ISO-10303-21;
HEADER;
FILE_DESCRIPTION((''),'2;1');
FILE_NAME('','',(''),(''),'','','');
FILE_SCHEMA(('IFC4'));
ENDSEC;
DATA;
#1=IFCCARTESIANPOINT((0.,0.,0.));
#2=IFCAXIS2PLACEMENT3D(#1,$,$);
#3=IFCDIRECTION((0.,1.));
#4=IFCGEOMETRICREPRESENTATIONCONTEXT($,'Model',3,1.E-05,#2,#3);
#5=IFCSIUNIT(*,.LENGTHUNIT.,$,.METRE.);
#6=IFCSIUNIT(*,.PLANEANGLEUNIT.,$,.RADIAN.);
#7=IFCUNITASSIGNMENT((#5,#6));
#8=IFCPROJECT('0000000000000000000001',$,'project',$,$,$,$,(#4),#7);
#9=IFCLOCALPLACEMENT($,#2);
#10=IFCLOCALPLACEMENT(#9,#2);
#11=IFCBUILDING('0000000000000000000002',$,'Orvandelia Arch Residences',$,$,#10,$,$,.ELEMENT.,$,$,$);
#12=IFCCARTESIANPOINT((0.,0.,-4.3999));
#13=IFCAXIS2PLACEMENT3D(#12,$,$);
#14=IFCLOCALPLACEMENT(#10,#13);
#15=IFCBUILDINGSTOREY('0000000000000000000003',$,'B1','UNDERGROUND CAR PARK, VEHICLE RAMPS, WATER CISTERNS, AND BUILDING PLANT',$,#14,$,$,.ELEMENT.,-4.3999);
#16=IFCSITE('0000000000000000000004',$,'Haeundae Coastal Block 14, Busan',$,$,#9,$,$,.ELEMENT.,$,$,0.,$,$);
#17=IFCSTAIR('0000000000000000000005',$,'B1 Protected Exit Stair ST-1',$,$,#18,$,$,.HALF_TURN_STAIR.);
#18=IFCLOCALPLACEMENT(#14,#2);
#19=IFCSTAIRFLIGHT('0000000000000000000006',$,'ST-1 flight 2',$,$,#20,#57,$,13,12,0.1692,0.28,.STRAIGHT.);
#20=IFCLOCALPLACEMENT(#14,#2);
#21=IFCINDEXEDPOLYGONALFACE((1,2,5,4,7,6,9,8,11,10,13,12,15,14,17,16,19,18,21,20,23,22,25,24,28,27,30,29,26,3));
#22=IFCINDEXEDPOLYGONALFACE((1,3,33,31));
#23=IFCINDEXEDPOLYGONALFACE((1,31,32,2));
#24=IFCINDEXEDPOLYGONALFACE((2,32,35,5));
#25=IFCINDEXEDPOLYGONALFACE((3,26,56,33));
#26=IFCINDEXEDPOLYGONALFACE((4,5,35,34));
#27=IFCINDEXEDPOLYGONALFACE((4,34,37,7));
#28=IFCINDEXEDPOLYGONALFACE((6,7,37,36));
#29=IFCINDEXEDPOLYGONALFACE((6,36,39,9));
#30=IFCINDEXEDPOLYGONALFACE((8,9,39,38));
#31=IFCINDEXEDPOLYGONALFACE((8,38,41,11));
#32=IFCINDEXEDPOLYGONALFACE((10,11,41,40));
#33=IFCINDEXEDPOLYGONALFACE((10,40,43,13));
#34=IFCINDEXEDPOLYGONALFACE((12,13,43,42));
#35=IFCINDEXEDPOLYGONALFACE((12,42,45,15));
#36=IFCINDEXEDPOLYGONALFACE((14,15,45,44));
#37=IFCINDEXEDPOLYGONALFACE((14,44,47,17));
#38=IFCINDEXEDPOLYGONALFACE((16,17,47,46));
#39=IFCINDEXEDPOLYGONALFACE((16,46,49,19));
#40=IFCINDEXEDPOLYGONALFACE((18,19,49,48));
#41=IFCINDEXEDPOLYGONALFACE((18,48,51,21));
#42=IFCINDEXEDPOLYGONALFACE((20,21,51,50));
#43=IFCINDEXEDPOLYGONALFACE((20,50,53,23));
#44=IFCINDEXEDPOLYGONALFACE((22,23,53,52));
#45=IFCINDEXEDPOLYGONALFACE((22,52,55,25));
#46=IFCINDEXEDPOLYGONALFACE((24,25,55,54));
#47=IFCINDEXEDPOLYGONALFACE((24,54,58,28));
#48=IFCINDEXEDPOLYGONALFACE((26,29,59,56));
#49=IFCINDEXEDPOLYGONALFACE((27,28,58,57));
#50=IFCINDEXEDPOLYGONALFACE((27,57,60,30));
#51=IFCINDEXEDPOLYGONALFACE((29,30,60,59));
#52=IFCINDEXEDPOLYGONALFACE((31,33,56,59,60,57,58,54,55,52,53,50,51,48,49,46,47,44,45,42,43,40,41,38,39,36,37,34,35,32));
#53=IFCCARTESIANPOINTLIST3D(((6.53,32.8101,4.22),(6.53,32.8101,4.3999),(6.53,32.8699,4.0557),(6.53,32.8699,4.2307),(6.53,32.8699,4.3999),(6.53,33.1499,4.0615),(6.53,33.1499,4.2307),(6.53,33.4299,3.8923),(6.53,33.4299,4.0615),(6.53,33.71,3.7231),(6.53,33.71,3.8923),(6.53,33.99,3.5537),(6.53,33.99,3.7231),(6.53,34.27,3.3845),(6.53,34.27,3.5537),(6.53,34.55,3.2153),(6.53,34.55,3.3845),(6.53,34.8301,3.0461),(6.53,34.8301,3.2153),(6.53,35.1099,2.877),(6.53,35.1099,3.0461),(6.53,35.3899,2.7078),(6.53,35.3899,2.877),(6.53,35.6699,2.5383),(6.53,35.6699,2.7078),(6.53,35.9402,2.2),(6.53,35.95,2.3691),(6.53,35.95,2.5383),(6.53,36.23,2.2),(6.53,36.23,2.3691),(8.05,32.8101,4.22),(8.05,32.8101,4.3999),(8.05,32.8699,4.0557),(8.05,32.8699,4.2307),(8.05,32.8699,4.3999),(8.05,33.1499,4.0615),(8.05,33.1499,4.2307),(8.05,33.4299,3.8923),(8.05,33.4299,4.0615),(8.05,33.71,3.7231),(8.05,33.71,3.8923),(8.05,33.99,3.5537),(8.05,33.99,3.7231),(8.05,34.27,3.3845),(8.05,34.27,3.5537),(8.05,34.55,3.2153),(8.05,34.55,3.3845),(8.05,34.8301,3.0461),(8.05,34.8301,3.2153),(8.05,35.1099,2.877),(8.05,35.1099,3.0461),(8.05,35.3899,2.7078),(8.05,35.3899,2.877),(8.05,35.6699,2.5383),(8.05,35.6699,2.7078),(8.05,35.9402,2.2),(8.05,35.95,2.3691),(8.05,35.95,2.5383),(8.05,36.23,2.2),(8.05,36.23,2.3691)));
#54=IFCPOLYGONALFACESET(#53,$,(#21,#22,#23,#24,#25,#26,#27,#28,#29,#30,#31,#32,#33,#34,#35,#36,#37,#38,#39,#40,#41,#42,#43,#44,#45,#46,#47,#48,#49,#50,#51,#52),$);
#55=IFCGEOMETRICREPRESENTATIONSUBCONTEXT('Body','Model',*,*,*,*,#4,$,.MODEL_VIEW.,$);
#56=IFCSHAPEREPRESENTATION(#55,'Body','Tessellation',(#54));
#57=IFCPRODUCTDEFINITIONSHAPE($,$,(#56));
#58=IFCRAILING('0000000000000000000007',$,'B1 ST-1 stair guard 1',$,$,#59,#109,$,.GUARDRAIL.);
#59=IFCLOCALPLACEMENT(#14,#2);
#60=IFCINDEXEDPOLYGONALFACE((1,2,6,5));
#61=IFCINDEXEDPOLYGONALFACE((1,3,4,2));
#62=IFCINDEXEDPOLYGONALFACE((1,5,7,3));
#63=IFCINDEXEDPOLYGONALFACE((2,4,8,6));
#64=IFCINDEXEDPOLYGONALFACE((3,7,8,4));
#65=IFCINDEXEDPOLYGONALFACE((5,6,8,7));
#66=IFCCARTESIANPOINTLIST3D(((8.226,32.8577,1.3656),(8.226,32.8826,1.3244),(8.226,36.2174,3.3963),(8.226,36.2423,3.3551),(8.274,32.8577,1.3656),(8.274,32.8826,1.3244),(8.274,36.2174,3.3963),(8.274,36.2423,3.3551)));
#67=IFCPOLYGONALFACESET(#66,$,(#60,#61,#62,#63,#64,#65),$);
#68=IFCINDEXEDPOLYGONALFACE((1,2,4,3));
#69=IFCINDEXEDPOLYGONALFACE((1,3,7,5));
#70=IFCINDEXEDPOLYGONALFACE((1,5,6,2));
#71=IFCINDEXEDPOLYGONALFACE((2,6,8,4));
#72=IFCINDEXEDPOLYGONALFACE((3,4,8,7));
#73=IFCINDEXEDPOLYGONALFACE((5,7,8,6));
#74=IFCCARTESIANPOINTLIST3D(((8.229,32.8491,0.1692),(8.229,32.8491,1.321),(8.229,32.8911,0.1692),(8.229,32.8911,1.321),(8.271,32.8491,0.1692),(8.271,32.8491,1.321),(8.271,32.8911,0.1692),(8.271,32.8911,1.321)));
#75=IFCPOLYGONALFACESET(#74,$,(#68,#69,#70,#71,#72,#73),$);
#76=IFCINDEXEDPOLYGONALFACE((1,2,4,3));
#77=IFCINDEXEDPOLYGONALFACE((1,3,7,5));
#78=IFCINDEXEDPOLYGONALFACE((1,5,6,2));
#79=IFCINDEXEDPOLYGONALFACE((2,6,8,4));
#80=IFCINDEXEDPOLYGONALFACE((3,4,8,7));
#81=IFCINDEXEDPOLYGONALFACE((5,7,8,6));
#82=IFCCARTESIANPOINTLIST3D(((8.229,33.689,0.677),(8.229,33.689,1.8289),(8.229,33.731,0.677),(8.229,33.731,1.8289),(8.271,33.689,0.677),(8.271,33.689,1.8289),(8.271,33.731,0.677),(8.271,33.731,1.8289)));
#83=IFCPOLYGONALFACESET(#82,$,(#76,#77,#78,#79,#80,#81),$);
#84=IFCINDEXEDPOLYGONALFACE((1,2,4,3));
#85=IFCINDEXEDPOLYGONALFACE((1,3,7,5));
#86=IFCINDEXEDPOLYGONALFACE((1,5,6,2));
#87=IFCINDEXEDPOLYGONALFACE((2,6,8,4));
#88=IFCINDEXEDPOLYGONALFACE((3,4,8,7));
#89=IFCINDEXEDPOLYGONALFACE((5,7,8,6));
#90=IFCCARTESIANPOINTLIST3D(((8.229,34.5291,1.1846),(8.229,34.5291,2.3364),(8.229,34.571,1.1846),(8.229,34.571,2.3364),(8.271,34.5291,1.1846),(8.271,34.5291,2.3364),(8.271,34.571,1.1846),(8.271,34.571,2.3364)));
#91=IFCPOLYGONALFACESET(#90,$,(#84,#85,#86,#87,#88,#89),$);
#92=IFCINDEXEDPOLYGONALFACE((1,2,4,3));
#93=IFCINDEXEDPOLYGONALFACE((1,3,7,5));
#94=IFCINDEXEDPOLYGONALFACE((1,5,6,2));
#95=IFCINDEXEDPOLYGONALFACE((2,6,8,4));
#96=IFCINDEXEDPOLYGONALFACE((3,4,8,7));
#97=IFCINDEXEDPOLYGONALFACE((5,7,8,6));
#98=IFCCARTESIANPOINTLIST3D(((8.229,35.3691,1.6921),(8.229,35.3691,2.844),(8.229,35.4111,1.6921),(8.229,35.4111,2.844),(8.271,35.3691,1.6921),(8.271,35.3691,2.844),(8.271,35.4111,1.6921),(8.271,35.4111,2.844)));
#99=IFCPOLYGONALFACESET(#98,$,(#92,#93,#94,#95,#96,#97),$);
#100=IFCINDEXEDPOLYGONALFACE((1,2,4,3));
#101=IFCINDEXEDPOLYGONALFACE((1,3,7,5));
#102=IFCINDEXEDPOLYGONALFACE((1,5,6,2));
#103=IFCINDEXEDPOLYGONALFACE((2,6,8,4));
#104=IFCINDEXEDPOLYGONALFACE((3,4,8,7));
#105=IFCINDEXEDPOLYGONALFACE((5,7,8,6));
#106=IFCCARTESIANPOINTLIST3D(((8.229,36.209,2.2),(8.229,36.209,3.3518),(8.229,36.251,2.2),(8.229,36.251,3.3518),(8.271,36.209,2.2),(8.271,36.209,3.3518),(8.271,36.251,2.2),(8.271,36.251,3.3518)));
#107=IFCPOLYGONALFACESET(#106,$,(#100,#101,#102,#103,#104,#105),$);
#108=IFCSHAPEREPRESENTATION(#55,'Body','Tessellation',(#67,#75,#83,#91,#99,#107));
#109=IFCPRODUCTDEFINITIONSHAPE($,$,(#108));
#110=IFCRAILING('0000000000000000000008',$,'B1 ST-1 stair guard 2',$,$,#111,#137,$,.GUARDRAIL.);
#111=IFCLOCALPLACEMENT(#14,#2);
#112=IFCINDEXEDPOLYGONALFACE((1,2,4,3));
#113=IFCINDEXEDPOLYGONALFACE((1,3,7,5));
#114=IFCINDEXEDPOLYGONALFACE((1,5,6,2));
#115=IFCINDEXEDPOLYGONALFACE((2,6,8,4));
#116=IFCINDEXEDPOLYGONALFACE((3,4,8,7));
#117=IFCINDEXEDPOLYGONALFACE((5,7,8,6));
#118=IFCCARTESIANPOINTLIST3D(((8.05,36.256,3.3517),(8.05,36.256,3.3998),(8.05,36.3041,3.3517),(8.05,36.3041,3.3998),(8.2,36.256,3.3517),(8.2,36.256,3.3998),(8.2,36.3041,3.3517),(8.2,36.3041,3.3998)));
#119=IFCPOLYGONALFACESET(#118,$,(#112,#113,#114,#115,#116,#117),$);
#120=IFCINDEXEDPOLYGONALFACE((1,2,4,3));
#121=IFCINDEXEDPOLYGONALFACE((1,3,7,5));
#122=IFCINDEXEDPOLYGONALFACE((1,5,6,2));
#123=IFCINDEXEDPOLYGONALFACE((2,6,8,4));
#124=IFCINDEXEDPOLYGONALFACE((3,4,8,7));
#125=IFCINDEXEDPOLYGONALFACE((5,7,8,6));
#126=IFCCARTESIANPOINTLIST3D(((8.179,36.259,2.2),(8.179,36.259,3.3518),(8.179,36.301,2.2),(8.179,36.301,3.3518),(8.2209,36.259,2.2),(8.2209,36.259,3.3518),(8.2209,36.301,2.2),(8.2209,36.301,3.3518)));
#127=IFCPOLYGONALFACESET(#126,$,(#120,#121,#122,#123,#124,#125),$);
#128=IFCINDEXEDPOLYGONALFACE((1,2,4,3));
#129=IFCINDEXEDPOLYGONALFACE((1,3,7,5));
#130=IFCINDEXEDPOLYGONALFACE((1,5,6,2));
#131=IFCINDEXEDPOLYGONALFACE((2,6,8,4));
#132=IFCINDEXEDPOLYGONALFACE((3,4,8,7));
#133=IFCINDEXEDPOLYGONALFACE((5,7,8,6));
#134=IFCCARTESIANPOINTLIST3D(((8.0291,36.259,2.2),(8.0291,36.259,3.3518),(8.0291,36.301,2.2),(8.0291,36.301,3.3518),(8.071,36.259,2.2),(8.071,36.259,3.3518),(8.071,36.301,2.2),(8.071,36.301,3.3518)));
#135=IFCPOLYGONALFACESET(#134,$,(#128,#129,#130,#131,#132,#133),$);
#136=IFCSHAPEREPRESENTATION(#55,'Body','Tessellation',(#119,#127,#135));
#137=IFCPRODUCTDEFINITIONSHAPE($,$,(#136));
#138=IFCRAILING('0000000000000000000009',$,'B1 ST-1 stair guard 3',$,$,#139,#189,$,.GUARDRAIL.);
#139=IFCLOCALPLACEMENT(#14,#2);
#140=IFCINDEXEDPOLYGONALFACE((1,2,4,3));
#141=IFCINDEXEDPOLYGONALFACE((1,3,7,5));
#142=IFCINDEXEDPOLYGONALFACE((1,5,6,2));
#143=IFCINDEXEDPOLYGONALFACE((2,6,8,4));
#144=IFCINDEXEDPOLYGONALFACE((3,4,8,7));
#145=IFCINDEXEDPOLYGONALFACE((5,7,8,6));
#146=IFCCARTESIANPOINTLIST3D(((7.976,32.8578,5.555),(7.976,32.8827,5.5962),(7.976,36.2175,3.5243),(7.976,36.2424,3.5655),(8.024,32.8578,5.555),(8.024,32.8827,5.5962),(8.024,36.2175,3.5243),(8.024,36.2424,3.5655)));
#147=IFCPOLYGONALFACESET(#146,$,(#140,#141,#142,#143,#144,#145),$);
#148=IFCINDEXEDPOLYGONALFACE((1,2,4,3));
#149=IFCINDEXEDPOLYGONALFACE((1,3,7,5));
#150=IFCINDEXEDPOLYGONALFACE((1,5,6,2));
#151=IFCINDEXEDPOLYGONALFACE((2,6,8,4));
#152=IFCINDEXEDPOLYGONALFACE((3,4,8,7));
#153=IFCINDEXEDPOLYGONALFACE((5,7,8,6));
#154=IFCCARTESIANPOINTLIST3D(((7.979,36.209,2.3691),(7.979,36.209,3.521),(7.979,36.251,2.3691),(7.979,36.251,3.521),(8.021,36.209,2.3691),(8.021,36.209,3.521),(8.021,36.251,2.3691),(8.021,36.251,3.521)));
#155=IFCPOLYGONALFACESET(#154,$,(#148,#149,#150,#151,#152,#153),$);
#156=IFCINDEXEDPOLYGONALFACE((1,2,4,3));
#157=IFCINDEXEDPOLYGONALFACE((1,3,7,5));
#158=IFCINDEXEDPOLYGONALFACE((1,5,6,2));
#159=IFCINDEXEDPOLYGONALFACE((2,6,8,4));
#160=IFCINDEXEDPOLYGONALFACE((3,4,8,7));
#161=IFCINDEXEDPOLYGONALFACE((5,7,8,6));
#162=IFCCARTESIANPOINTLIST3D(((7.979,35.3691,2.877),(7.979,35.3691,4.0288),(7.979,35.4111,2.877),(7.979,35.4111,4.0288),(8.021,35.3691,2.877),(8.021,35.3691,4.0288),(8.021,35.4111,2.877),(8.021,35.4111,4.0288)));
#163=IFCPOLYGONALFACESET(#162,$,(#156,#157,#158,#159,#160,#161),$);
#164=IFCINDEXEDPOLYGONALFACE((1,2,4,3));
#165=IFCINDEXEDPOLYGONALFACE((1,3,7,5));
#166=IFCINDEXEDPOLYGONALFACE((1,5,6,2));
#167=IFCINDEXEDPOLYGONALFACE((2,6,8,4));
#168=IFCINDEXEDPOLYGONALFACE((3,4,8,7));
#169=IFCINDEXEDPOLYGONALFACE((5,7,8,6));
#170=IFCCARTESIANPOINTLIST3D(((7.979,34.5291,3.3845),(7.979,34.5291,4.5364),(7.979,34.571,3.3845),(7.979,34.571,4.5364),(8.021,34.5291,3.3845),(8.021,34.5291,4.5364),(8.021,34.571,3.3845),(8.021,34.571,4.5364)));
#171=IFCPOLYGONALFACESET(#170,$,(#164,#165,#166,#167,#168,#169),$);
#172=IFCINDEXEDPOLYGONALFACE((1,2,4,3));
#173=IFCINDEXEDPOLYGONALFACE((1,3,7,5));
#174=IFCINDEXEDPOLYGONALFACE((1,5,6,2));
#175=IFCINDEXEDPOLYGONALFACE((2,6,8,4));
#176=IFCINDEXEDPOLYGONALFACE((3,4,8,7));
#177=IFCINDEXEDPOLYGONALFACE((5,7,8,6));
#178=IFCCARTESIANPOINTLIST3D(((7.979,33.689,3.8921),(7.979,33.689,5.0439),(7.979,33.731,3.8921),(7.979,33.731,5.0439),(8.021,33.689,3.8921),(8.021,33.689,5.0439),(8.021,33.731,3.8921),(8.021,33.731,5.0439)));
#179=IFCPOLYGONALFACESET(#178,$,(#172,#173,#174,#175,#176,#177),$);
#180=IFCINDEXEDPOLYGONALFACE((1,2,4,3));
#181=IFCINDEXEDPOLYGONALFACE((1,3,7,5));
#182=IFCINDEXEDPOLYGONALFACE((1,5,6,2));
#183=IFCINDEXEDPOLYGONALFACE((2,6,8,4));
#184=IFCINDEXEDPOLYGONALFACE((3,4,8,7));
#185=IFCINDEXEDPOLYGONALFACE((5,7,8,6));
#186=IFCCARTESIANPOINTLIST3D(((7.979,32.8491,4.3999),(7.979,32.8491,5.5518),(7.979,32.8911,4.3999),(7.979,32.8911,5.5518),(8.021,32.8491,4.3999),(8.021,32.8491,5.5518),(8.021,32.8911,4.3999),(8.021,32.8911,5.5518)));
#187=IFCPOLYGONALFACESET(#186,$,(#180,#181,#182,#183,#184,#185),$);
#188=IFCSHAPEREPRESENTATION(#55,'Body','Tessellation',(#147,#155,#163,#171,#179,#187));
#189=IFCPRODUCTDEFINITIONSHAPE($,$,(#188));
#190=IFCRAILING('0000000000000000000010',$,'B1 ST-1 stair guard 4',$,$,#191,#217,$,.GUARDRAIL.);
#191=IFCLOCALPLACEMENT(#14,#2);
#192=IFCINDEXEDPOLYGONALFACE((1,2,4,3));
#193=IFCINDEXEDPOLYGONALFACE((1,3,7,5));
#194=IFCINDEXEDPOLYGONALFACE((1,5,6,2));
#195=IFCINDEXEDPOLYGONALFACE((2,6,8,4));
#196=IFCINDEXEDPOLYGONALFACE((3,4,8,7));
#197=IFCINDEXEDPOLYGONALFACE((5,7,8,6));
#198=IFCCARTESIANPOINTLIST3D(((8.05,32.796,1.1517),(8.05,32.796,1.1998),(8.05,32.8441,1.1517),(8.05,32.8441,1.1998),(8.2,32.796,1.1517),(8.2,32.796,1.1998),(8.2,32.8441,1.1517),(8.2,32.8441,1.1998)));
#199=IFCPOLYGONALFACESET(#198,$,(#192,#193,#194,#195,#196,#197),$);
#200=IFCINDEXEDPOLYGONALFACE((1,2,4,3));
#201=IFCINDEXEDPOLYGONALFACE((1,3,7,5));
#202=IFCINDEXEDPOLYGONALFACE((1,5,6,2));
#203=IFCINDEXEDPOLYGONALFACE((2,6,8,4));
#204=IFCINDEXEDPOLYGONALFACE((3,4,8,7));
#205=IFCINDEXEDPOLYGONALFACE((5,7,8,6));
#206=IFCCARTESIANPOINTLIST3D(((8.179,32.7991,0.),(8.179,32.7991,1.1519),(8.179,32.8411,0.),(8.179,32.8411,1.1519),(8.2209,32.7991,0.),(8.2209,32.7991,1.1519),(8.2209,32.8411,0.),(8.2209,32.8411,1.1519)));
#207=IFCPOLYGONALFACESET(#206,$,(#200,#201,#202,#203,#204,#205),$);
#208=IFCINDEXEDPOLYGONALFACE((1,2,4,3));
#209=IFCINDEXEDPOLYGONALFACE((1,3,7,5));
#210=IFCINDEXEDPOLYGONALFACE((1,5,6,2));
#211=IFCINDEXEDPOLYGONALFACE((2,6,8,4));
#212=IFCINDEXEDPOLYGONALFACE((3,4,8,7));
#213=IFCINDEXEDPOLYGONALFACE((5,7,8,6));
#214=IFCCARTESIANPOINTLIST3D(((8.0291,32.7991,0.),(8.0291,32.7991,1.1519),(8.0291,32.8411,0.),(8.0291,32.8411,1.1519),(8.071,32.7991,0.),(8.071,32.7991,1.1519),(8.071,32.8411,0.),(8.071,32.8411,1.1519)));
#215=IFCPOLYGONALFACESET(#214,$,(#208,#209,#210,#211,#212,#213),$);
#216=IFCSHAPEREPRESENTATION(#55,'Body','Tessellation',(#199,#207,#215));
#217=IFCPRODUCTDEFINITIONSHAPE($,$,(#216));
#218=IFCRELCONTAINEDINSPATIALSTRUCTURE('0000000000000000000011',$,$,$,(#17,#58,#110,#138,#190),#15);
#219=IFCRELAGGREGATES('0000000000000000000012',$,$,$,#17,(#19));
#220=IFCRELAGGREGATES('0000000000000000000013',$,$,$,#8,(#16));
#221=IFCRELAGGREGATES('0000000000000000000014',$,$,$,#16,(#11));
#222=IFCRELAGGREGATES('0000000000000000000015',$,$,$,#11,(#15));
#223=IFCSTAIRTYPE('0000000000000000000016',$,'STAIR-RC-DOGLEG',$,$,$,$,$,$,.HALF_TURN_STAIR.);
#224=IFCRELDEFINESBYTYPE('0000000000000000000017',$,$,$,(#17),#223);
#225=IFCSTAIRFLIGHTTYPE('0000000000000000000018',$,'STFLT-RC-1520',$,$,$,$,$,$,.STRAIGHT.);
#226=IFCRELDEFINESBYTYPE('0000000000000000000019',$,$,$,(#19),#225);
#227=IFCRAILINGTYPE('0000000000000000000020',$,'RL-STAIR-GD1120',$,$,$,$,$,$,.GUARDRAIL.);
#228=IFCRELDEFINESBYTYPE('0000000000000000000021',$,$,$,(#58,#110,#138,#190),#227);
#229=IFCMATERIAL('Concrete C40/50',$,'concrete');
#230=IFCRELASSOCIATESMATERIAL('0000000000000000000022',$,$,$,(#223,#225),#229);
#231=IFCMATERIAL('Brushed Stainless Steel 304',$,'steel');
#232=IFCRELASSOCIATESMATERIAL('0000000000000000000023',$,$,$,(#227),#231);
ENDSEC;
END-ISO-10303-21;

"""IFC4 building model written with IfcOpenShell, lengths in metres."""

from ifc_helpers import new_model, si_unit, direction, frame, origin, origin_2d, place, context, subcontext, project, spatial, polyline, rectangle, outline, extrude, material, type_object, element, aggregate, save


model = new_model("IFC4")

# Units and contexts
model_context = context("Model", 3, precision=1e-05, world=origin(), true_north=direction((0.0, 1.0)))
body_context = subcontext(model_context, "Body", "Model", "MODEL_VIEW")
ifc_project = project(units=[si_unit("LENGTHUNIT", "METRE"), si_unit("PLANEANGLEUNIT", "RADIAN")], contexts=[model_context])

# Site, building, storey
site_placement = place(None, origin())
site = spatial("IfcSite", under=ifc_project, at=site_placement, Name="Haeundae Coastal Block 14, Busan", CompositionType="ELEMENT", RefElevation=0.0)
building_placement = place(site_placement, origin())
building = spatial("IfcBuilding", under=site, at=building_placement, Name="Orvandelia Arch Residences", CompositionType="ELEMENT")
storey_placement = place(building_placement, frame((0.0, 0.0, -4.3999)))
storey = spatial("IfcBuildingStorey", under=building, at=storey_placement, Name="B1", Description="UNDERGROUND CAR PARK, VEHICLE RAMPS, WATER CISTERNS, AND BUILDING PLANT", CompositionType="ELEMENT", Elevation=-4.3999)

# Stair, stair flight
ifc_material_1 = material(Name="Concrete C40/50", Category="concrete")
stair_type = type_object("IfcStairType", Name="STAIR-RC-DOGLEG", PredefinedType="HALF_TURN_STAIR", material=ifc_material_1)
stair_placement = place(storey_placement, origin())
stair = element("IfcStair", 1, at=stair_placement, inside=storey, type_object=stair_type, Name="B1 Protected Exit Stair ST-1", PredefinedType="HALF_TURN_STAIR")
stair_flight_type = type_object("IfcStairFlightType", Name="STFLT-RC-1520", PredefinedType="STRAIGHT", material=ifc_material_1)
stair_flight_1_placement = place(storey_placement, frame((7.29, 36.23, 2.2), z_axis=(0.0, 0.0, 1.0), x_axis=(0.0, -1.0, 0.0)))
stair_flight_1 = element("IfcStairFlight", 2, at=stair_flight_1_placement, type_object=stair_flight_type, Name="ST-1 flight 2", NumberOfRisers=13, NumberOfTreads=12, PredefinedType="STRAIGHT", RiserHeight=0.1692, TreadLength=0.28, context=body_context, shape_type="SweptSolid", body=[
    extrude(outline(polyline([(0.0, 0.0), (0.0, 0.1692), (0.28, 0.1692), (0.28, 0.3384), (0.5601, 0.3384), (0.5601, 0.5078), (0.8401, 0.5078), (0.8401, 0.677), (1.1201, 0.677), (1.1201, 0.8462), (1.3999, 0.8462), (1.3999, 1.0154), (1.6799, 1.0154), (1.6799, 1.1846), (1.96, 1.1846), (1.96, 1.3538), (2.24, 1.3538), (2.24, 1.5232), (2.52, 1.5232), (2.52, 1.6924), (2.8, 1.6924), (2.8, 1.8616), (3.0801, 1.8616), (3.0801, 2.0308), (3.3601, 2.0308), (3.3601, 2.2), (3.4199, 2.2), (3.4199, 2.02), (3.3601, 1.8557), (0.2898, 0.0), (0.0, 0.0)])), frame((0.0, 0.76, 0.0), z_axis=(0.0, -1.0, 0.0), x_axis=(1.0, 0.0, 0.0)), (0.0, 0.0, 1.0), 1.52),
])
aggregate(stair, [stair_flight_1])

# Railings
ifc_material_2 = material(Name="Brushed Stainless Steel 304", Category="steel")
railing_type_1 = type_object("IfcRailingType", Name="RL-STAIR-GD1120", PredefinedType="GUARDRAIL", material=ifc_material_2)
railing_1_placement = place(storey_placement, frame((8.25, 32.8701, 0.1692)))
element("IfcRailing", 3, at=railing_1_placement, inside=storey, type_object=railing_type_1, Name="B1 ST-1 stair guard 1", PredefinedType="GUARDRAIL", context=body_context, shape_type="SweptSolid", body=[
    extrude(rectangle(XDim=0.0481, YDim=0.0481, at=origin_2d()), frame((0.0, 0.0, 1.1758), z_axis=(0.0, 0.85582, 0.517273), x_axis=(-1.0, 0.0, 0.0)), (0.0, 0.0, 1.0), 3.9258),
    extrude(rectangle(XDim=0.042, YDim=0.042, at=origin_2d()), origin(), (0.0, 0.0, 1.0), 1.1519),
    extrude(rectangle(XDim=0.042, YDim=0.042, at=origin_2d()), frame((0.0, 0.8398, 0.5078)), (0.0, 0.0, 1.0), 1.1519),
    extrude(rectangle(XDim=0.042, YDim=0.042, at=origin_2d()), frame((0.0, 1.6799, 1.0154)), (0.0, 0.0, 1.0), 1.1519),
    extrude(rectangle(XDim=0.042, YDim=0.042, at=origin_2d()), frame((0.0, 2.52, 1.5229)), (0.0, 0.0, 1.0), 1.1519),
    extrude(rectangle(XDim=0.042, YDim=0.042, at=origin_2d()), frame((0.0, 3.3599, 2.0308)), (0.0, 0.0, 1.0), 1.1519),
])
railing_2_placement = place(storey_placement, frame((8.2, 36.28, 2.2)))
element("IfcRailing", 4, at=railing_2_placement, inside=storey, type_object=railing_type_1, Name="B1 ST-1 stair guard 2", PredefinedType="GUARDRAIL", context=body_context, shape_type="SweptSolid", body=[
    extrude(rectangle(XDim=0.0481, YDim=0.0481, at=origin_2d()), frame((0.0, 0.0, 1.1758), z_axis=(-1.0, 0.0, 0.0), x_axis=(0.0, -1.0, 0.0)), (0.0, 0.0, 1.0), 0.1499),
    extrude(rectangle(XDim=0.042, YDim=0.042, at=origin_2d()), origin(), (0.0, 0.0, 1.0), 1.1519),
    extrude(rectangle(XDim=0.042, YDim=0.042, at=origin_2d()), frame((-0.1499, 0.0, 0.0)), (0.0, 0.0, 1.0), 1.1519),
])
railing_3_placement = place(storey_placement, frame((8.0, 36.23, 2.3691)))
element("IfcRailing", 5, at=railing_3_placement, inside=storey, type_object=railing_type_1, Name="B1 ST-1 stair guard 3", PredefinedType="GUARDRAIL", context=body_context, shape_type="SweptSolid", body=[
    extrude(rectangle(XDim=0.0481, YDim=0.0481, at=origin_2d()), frame((0.0, 0.0, 1.1758), z_axis=(0.0, -0.85582, 0.517273), x_axis=(1.0, 0.0, 0.0)), (0.0, 0.0, 1.0), 3.9258),
    extrude(rectangle(XDim=0.042, YDim=0.042, at=origin_2d()), origin(), (0.0, 0.0, 1.0), 1.1519),
    extrude(rectangle(XDim=0.042, YDim=0.042, at=origin_2d()), frame((0.0, -0.8398, 0.5078)), (0.0, 0.0, 1.0), 1.1519),
    extrude(rectangle(XDim=0.042, YDim=0.042, at=origin_2d()), frame((0.0, -1.6799, 1.0154)), (0.0, 0.0, 1.0), 1.1519),
    extrude(rectangle(XDim=0.042, YDim=0.042, at=origin_2d()), frame((0.0, -2.52, 1.5229)), (0.0, 0.0, 1.0), 1.1519),
    extrude(rectangle(XDim=0.042, YDim=0.042, at=origin_2d()), frame((0.0, -3.3599, 2.0308)), (0.0, 0.0, 1.0), 1.1519),
])
railing_4_placement = place(storey_placement, frame((8.2, 32.8201, 0.0)))
element("IfcRailing", 6, at=railing_4_placement, inside=storey, type_object=railing_type_1, Name="B1 ST-1 stair guard 4", PredefinedType="GUARDRAIL", context=body_context, shape_type="SweptSolid", body=[
    extrude(rectangle(XDim=0.0481, YDim=0.0481, at=origin_2d()), frame((0.0, 0.0, 1.1758), z_axis=(-1.0, 0.0, 0.0), x_axis=(0.0, -1.0, 0.0)), (0.0, 0.0, 1.0), 0.1499),
    extrude(rectangle(XDim=0.042, YDim=0.042, at=origin_2d()), origin(), (0.0, 0.0, 1.0), 1.1519),
    extrude(rectangle(XDim=0.042, YDim=0.042, at=origin_2d()), frame((-0.1499, 0.0, 0.0)), (0.0, 0.0, 1.0), 1.1519),
])

save(model, "model.ifc")
